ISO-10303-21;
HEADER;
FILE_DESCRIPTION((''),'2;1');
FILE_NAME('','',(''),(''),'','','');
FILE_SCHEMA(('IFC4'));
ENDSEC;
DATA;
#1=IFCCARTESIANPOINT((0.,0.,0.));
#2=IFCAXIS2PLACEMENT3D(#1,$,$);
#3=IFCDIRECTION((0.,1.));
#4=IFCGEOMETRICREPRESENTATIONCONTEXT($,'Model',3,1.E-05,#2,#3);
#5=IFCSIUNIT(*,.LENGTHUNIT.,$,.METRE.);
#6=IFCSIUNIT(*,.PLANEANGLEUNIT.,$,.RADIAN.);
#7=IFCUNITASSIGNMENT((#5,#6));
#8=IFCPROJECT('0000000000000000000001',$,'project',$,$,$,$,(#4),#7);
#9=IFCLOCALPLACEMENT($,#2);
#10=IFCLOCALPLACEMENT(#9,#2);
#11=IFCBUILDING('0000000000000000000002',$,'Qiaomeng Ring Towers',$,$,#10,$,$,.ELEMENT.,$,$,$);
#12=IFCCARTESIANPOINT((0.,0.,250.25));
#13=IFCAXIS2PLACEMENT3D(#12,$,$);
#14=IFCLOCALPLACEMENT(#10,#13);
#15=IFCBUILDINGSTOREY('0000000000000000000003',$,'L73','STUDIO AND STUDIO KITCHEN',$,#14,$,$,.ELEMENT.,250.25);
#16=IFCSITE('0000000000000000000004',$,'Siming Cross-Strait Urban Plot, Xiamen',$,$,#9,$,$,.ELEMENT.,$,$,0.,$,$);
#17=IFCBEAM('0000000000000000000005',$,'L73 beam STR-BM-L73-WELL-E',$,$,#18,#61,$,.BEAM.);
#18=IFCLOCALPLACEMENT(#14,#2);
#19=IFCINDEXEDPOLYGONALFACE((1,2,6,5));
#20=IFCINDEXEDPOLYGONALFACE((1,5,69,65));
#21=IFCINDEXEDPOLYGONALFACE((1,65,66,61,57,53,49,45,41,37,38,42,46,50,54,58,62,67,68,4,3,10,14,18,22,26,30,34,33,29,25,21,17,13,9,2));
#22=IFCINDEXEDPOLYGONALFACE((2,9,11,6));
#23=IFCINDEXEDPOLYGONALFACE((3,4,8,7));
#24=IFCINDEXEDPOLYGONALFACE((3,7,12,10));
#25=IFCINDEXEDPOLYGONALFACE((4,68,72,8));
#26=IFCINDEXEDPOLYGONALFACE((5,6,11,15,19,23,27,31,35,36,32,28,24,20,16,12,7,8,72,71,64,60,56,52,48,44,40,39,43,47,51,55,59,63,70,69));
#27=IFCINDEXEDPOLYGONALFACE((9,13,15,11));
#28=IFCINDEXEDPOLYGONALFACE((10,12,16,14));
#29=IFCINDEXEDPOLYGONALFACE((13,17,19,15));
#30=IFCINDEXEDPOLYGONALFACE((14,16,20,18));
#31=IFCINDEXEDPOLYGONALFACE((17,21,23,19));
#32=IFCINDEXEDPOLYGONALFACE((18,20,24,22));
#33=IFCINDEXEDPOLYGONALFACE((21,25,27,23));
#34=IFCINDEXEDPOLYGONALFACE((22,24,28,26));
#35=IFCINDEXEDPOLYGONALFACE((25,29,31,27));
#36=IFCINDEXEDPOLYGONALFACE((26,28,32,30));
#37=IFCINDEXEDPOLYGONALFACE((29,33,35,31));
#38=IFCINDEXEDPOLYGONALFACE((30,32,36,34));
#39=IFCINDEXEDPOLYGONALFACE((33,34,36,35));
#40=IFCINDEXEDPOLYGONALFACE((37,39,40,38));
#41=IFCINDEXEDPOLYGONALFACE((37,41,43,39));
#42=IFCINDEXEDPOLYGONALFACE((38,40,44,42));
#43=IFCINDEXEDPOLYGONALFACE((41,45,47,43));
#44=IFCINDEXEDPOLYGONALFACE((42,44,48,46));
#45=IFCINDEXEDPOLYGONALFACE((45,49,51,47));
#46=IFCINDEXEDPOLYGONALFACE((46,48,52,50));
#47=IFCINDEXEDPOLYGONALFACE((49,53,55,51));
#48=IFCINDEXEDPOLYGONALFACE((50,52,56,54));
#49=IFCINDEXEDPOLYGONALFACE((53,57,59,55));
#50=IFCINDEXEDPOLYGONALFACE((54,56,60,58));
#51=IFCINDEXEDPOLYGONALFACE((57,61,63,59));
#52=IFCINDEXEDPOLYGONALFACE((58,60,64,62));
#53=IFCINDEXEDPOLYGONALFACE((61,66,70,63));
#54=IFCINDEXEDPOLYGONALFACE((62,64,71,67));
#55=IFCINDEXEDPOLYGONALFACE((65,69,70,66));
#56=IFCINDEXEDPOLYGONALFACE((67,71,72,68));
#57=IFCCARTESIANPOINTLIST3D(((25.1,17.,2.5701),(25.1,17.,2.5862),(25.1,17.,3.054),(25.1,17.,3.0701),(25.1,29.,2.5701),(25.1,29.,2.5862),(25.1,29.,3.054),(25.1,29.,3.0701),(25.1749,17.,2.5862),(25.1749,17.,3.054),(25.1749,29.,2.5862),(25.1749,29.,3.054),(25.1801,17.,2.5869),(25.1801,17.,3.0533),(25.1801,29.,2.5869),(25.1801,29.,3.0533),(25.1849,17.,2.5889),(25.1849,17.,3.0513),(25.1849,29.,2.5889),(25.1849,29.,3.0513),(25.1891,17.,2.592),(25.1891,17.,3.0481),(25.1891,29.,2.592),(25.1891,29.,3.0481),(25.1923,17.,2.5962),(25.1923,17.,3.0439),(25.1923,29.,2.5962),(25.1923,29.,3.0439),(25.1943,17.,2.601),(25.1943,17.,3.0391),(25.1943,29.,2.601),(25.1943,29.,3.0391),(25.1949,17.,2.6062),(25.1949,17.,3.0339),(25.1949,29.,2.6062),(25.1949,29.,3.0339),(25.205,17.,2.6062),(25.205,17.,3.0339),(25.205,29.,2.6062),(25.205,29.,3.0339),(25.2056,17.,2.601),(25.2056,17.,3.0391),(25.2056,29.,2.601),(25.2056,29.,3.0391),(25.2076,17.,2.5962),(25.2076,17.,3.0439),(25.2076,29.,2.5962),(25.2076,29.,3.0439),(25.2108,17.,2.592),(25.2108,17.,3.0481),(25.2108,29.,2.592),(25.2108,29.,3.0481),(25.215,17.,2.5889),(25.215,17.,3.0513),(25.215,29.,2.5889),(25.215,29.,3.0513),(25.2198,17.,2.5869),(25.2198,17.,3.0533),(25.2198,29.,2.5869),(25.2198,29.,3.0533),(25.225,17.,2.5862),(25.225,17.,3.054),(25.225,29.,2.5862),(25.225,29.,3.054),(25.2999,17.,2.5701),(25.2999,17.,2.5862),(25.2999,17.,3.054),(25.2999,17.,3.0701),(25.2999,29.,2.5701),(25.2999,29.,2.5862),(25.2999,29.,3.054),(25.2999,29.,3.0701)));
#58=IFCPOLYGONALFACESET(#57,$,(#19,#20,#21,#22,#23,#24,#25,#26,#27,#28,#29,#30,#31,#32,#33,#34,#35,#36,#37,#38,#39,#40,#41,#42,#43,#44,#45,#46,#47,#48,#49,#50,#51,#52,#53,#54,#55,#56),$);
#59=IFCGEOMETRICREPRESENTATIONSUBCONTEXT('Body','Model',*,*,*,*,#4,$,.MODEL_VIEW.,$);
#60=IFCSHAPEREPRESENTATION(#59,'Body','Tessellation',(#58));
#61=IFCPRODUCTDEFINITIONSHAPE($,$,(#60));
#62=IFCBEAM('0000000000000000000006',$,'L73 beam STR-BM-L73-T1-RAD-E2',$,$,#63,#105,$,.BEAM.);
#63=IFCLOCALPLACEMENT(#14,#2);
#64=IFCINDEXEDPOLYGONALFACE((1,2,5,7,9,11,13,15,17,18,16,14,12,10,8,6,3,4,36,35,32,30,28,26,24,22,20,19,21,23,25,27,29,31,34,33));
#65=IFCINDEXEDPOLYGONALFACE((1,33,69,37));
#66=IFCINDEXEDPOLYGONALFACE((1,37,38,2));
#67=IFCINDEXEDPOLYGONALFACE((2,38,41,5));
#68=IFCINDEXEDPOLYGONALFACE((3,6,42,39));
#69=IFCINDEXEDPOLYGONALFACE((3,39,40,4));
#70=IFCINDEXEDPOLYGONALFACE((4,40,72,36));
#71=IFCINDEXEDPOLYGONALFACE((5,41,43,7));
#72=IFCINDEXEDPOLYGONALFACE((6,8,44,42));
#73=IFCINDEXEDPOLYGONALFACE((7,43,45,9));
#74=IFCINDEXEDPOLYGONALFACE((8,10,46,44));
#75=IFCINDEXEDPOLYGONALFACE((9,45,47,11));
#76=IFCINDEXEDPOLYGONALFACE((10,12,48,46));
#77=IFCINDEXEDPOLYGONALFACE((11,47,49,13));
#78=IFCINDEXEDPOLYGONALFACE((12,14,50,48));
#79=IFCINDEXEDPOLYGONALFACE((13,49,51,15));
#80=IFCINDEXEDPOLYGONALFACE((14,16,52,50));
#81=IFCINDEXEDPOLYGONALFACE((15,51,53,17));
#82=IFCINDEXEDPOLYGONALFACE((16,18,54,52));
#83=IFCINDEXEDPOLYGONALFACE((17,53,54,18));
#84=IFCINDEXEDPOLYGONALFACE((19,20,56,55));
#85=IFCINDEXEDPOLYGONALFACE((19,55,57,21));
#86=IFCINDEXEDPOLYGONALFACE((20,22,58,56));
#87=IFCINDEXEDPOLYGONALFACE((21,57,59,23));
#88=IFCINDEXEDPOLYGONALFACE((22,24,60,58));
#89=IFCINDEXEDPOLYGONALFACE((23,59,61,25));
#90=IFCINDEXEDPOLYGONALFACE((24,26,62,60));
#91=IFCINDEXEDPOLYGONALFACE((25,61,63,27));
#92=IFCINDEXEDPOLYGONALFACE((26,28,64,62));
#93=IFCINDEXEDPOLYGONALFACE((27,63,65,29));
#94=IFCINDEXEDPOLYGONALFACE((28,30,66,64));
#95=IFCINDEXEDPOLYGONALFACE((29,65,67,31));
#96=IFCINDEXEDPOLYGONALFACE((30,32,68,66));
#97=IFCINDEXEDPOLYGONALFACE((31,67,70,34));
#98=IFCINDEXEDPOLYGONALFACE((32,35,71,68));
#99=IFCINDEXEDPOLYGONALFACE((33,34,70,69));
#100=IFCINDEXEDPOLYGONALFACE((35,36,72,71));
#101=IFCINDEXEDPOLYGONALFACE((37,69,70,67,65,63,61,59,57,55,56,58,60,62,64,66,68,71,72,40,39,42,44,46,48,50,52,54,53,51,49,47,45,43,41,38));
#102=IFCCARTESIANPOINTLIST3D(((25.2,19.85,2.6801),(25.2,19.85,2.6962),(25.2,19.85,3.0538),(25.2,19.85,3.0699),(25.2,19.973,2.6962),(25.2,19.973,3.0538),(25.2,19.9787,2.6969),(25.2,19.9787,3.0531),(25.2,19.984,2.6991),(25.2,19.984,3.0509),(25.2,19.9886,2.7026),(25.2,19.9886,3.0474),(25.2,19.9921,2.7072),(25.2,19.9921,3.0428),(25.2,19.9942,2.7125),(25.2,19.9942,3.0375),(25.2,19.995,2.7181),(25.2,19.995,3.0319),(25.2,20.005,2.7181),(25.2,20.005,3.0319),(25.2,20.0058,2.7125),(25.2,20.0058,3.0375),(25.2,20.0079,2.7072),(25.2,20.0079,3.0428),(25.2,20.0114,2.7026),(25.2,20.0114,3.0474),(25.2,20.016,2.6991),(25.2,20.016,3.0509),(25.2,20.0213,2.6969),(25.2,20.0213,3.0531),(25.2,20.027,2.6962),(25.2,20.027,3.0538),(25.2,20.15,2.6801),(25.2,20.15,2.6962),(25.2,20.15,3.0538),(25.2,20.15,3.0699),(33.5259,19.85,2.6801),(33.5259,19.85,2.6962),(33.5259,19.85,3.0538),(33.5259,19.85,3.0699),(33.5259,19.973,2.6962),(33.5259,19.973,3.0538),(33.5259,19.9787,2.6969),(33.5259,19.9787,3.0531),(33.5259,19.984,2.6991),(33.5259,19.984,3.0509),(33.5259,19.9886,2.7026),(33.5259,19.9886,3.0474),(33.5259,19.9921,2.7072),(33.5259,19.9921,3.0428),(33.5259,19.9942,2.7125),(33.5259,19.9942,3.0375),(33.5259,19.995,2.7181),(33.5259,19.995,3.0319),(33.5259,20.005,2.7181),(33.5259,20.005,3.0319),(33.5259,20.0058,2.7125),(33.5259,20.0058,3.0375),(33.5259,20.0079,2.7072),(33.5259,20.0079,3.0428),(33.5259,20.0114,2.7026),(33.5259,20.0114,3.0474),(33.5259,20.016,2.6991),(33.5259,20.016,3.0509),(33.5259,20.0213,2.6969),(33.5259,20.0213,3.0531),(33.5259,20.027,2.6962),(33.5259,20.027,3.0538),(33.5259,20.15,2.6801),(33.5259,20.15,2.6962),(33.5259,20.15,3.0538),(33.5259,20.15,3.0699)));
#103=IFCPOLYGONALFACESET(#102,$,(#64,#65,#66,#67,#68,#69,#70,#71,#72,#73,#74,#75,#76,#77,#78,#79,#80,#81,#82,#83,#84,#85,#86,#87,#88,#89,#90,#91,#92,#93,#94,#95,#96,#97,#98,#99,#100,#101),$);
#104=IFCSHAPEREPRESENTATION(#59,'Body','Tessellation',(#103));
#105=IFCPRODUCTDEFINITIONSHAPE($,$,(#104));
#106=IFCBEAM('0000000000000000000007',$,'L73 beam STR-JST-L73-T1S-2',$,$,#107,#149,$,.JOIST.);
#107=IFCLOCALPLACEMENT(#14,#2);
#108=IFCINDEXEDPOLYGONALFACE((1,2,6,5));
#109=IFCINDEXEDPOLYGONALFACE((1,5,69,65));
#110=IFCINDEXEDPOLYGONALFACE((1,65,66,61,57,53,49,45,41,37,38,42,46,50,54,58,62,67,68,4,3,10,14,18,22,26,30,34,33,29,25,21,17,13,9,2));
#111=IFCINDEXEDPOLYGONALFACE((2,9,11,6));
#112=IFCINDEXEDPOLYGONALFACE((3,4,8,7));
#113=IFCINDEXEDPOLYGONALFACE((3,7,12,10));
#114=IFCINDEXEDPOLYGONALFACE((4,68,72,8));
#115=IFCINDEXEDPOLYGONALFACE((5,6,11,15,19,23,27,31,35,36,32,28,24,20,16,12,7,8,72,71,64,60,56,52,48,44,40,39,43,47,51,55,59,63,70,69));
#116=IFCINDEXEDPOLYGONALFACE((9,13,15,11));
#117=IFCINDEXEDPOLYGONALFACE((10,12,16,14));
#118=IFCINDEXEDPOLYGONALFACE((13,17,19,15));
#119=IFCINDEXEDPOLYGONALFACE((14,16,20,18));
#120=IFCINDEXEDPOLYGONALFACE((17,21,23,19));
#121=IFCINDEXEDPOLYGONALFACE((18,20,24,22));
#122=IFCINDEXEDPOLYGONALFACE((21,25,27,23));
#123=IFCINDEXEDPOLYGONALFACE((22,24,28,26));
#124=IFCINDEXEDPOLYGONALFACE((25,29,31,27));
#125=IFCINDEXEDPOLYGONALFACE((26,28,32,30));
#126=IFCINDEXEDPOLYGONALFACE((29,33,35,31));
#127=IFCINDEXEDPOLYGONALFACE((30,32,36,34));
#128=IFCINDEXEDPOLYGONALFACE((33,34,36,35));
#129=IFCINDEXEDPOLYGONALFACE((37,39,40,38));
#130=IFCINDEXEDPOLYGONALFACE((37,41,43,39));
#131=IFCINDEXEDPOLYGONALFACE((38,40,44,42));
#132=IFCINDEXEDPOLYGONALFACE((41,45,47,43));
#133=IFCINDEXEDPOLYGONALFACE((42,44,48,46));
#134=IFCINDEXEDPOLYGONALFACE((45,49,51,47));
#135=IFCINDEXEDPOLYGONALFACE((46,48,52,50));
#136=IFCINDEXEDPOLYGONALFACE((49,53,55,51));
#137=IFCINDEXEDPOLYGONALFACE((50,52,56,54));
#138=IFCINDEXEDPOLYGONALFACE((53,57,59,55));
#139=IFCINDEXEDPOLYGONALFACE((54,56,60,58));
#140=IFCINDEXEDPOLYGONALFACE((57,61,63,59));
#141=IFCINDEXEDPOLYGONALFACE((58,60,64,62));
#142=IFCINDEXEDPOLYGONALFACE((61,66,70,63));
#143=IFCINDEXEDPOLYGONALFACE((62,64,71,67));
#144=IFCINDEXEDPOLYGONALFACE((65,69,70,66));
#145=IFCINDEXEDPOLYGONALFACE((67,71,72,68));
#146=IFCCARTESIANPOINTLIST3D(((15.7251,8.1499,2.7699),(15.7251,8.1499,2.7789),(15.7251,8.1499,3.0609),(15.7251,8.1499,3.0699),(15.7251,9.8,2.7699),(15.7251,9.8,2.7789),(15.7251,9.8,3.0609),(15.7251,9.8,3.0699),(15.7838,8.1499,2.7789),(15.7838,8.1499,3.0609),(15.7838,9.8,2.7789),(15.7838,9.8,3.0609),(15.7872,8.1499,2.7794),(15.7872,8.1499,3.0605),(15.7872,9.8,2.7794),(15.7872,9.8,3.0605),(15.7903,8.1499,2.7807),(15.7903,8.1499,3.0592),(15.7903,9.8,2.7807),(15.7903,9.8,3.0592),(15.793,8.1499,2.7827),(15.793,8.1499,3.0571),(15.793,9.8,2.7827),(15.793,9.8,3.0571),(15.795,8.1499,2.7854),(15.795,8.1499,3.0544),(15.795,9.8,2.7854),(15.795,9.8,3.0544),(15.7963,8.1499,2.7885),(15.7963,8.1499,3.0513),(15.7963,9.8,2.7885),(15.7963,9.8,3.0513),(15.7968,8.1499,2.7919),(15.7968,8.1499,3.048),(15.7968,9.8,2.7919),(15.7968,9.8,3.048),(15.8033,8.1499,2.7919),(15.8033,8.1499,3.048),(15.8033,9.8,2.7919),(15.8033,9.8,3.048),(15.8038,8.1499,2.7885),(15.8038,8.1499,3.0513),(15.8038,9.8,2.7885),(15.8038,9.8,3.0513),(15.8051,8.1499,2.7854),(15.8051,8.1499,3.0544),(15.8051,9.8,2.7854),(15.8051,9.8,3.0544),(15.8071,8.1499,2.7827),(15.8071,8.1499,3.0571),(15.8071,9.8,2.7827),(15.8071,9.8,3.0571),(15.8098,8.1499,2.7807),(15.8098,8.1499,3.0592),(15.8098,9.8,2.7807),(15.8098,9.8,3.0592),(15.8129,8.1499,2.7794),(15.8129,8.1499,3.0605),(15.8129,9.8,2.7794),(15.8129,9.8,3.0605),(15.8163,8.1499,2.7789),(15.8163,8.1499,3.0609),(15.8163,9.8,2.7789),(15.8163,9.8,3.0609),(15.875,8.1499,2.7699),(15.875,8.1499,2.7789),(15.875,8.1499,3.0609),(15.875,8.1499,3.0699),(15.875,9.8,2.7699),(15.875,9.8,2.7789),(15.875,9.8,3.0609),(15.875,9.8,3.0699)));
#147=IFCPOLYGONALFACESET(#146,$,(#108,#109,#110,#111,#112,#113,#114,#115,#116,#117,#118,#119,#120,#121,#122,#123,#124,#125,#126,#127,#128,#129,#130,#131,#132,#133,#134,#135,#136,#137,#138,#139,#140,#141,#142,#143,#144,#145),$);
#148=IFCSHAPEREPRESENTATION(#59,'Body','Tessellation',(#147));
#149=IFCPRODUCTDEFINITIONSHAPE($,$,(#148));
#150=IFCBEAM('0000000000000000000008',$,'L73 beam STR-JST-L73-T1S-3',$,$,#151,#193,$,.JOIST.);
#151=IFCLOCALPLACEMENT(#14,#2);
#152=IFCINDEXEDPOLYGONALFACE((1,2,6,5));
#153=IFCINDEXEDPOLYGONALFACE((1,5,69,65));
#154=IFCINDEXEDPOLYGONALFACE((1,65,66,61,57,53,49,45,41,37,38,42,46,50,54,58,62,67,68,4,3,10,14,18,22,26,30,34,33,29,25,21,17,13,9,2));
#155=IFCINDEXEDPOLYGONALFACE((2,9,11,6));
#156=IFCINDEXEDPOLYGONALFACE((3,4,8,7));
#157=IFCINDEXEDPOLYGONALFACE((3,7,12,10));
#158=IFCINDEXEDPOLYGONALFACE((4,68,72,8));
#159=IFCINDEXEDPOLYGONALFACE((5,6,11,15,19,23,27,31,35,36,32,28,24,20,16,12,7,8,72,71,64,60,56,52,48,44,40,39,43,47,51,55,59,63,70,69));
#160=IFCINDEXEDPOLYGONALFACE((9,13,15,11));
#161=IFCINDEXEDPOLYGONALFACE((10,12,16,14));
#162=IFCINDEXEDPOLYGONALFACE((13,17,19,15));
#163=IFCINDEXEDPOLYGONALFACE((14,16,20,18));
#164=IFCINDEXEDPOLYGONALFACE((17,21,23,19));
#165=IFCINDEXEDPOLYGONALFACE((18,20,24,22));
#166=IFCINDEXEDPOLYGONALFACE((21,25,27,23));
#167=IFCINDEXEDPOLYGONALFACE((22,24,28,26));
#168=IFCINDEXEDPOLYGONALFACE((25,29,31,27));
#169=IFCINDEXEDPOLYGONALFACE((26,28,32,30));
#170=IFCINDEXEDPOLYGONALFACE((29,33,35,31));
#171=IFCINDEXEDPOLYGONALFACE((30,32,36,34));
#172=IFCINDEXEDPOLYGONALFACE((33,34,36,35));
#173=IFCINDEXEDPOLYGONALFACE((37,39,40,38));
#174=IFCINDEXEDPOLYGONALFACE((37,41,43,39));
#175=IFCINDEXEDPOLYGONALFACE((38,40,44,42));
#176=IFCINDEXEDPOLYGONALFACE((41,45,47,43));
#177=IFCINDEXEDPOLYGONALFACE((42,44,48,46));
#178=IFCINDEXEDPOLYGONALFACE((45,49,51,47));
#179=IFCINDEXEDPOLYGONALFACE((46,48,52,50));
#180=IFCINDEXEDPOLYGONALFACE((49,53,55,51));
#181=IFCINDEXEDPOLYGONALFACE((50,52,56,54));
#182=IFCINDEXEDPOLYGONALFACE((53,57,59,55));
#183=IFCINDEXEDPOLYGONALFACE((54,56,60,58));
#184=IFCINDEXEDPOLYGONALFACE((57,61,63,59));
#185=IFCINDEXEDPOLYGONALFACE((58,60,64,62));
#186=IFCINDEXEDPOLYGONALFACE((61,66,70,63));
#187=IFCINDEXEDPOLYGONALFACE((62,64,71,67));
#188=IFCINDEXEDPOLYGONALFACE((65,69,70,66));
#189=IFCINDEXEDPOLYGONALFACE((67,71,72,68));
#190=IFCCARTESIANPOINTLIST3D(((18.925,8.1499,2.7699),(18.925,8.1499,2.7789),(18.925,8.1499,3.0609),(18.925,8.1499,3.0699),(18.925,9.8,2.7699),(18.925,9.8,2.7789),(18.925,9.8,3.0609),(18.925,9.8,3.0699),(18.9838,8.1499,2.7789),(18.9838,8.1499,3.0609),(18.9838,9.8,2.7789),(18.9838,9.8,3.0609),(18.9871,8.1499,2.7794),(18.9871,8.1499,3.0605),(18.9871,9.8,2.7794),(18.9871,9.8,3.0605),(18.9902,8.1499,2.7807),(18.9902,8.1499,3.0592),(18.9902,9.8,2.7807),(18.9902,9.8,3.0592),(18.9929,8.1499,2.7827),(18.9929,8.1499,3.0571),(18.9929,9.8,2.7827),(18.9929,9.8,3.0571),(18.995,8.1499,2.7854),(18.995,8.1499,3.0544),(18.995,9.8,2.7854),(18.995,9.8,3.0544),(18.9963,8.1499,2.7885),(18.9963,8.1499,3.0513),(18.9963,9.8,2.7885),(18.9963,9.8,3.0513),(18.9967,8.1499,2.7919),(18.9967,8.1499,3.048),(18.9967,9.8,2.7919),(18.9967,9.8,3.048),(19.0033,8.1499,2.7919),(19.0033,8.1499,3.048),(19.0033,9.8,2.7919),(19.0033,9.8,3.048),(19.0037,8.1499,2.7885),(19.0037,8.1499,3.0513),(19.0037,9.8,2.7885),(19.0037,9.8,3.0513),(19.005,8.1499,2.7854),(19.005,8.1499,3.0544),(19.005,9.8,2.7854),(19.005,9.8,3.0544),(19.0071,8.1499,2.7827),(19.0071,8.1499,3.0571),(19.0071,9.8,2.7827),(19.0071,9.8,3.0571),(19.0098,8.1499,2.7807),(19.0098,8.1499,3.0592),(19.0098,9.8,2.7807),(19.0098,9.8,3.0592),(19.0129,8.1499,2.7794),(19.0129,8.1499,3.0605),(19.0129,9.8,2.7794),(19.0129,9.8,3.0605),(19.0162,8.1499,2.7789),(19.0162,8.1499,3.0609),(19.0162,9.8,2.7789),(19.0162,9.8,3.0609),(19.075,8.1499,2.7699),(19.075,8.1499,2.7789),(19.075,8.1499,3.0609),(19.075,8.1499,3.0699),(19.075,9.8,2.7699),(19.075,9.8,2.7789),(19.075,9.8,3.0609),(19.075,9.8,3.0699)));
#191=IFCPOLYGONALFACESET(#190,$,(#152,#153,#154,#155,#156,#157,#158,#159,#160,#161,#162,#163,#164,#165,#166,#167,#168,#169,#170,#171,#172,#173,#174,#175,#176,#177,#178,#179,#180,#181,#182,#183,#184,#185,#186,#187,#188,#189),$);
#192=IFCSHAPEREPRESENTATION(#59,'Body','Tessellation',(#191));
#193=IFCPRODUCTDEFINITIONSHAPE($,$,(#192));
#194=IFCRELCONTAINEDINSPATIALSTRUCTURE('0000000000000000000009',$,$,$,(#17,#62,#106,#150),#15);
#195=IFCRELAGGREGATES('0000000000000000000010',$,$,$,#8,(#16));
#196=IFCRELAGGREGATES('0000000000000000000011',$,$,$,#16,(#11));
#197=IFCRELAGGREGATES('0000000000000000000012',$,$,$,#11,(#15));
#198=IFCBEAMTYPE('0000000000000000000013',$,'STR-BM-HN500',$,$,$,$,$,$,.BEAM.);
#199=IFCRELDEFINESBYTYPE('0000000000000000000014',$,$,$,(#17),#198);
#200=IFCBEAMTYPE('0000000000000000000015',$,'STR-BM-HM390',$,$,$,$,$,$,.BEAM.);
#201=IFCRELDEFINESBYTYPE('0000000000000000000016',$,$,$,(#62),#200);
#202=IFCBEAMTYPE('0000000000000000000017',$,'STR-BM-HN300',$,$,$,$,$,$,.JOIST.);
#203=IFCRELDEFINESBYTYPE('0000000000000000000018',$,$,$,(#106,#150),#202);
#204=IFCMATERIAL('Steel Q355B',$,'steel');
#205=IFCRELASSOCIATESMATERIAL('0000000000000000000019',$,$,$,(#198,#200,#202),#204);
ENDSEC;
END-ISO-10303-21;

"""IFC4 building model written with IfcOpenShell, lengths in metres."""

from ifc_helpers import new_model, si_unit, direction, frame, origin, origin_2d, place, context, subcontext, project, spatial, i_section, extrude, source, transform, mapped, material, material_profile, profile_set, type_object, element, save


model = new_model("IFC4")

# Units and contexts
model_context = context("Model", 3, precision=1e-05, world=origin(), true_north=direction((0.0, 1.0)))
body_context = subcontext(model_context, "Body", "Model", "MODEL_VIEW")
ifc_project = project(units=[si_unit("LENGTHUNIT", "METRE"), si_unit("PLANEANGLEUNIT", "RADIAN")], contexts=[model_context])

# Site, building, storey
site_placement = place(None, origin())
site = spatial("IfcSite", under=ifc_project, at=site_placement, Name="Siming Cross-Strait Urban Plot, Xiamen", CompositionType="ELEMENT", RefElevation=0.0)
building_placement = place(site_placement, origin())
building = spatial("IfcBuilding", under=site, at=building_placement, Name="Qiaomeng Ring Towers", CompositionType="ELEMENT")
storey_placement = place(building_placement, frame((0.0, 0.0, 250.25)))
storey = spatial("IfcBuildingStorey", under=building, at=storey_placement, Name="L73", Description="STUDIO AND STUDIO KITCHEN", CompositionType="ELEMENT", Elevation=250.25)

# Beams
ifc_material_1 = material(Name="Steel Q355B", Category="steel")
ifc_material_profile_1 = material_profile(ifc_material_1, i_section(OverallWidth=0.2, OverallDepth=0.5, WebThickness=0.01, FlangeThickness=0.0161, FilletRadius=0.02, at=origin_2d()), Name="HN 500x200x10x16")
ifc_profile_set_1 = profile_set([ifc_material_profile_1], Name="Steel Q355B")
beam_type_1 = type_object("IfcBeamType", Name="STR-BM-HN500", PredefinedType="BEAM", material=ifc_profile_set_1)
shared_shape_1 = source(origin(), body_context, "Body", "SweptSolid", [
    extrude(i_section(OverallWidth=0.2, OverallDepth=0.5, WebThickness=0.01, FlangeThickness=0.0161, FilletRadius=0.02, at=origin_2d()), origin(), (0.0, 0.0, 1.0), 12.0),
])
beam_1_placement = place(storey_placement, frame((25.2, 17.0, 2.8201), z_axis=(0.0, 1.0, 0.0), x_axis=(-1.0, 0.0, 0.0)))
element("IfcBeam", 1, at=beam_1_placement, inside=storey, type_object=beam_type_1, Name="L73 beam STR-BM-L73-WELL-E", PredefinedType="BEAM", context=body_context, shape_type="MappedRepresentation", body=[
    mapped(shared_shape_1, transform((0.0, 0.0, 0.0), x_axis=(1.0, 0.0, 0.0), y_axis=(0.0, 1.0, 0.0), z_axis=(0.0, 0.0, 1.0), scale=1.0)),
])
ifc_material_profile_2 = material_profile(ifc_material_1, i_section(OverallWidth=0.3, OverallDepth=0.3899, WebThickness=0.01, FlangeThickness=0.0161, FilletRadius=0.022, at=origin_2d()), Name="HM 390x300x10x16")
ifc_profile_set_2 = profile_set([ifc_material_profile_2], Name="Steel Q355B")
beam_type_2 = type_object("IfcBeamType", Name="STR-BM-HM390", PredefinedType="BEAM", material=ifc_profile_set_2)
shared_shape_2 = source(origin(), body_context, "Body", "SweptSolid", [
    extrude(i_section(OverallWidth=0.3, OverallDepth=0.3899, WebThickness=0.01, FlangeThickness=0.0161, FilletRadius=0.022, at=origin_2d()), origin(), (0.0, 0.0, 1.0), 8.3259),
])
beam_2_placement = place(storey_placement, frame((25.2, 20.0, 2.875), z_axis=(1.0, 0.0, 0.0), x_axis=(0.0, 1.0, 0.0)))
element("IfcBeam", 2, at=beam_2_placement, inside=storey, type_object=beam_type_2, Name="L73 beam STR-BM-L73-T1-RAD-E2", PredefinedType="BEAM", context=body_context, shape_type="MappedRepresentation", body=[
    mapped(shared_shape_2, transform((0.0, 0.0, 0.0), x_axis=(1.0, 0.0, 0.0), y_axis=(0.0, 1.0, 0.0), z_axis=(0.0, 0.0, 1.0), scale=1.0)),
])
ifc_material_profile_3 = material_profile(ifc_material_1, i_section(OverallWidth=0.1499, OverallDepth=0.3, WebThickness=0.0066, FlangeThickness=0.009, FilletRadius=0.0129, at=origin_2d()), Name="HN 300x150x6.5x9")
ifc_profile_set_3 = profile_set([ifc_material_profile_3], Name="Steel Q355B")
beam_type_3 = type_object("IfcBeamType", Name="STR-BM-HN300", PredefinedType="JOIST", material=ifc_profile_set_3)
shared_shape_3 = source(origin(), body_context, "Body", "SweptSolid", [
    extrude(i_section(OverallWidth=0.1499, OverallDepth=0.3, WebThickness=0.0066, FlangeThickness=0.009, FilletRadius=0.0129, at=origin_2d()), origin(), (0.0, 0.0, 1.0), 1.6501),
])
for number, where, z_axis, x_axis, name in (
    (3, (15.8, 8.1499, 2.9199), (0.0, 1.0, 0.0), (-1.0, 0.0, 0.0), "L73 beam STR-JST-L73-T1S-2"),
    (4, (19.0, 8.1499, 2.9199), (0.0, 1.0, 0.0), (-1.0, 0.0, 0.0), "L73 beam STR-JST-L73-T1S-3"),
):
    element("IfcBeam", number, at=place(storey_placement, frame(where, z_axis=z_axis, x_axis=x_axis)), inside=storey, type_object=beam_type_3, Name=name, PredefinedType="JOIST", context=body_context, shape_type="MappedRepresentation", body=[
        mapped(shared_shape_3, transform((0.0, 0.0, 0.0), x_axis=(1.0, 0.0, 0.0), y_axis=(0.0, 1.0, 0.0), z_axis=(0.0, 0.0, 1.0), scale=1.0)),
    ])

save(model, "model.ifc")
